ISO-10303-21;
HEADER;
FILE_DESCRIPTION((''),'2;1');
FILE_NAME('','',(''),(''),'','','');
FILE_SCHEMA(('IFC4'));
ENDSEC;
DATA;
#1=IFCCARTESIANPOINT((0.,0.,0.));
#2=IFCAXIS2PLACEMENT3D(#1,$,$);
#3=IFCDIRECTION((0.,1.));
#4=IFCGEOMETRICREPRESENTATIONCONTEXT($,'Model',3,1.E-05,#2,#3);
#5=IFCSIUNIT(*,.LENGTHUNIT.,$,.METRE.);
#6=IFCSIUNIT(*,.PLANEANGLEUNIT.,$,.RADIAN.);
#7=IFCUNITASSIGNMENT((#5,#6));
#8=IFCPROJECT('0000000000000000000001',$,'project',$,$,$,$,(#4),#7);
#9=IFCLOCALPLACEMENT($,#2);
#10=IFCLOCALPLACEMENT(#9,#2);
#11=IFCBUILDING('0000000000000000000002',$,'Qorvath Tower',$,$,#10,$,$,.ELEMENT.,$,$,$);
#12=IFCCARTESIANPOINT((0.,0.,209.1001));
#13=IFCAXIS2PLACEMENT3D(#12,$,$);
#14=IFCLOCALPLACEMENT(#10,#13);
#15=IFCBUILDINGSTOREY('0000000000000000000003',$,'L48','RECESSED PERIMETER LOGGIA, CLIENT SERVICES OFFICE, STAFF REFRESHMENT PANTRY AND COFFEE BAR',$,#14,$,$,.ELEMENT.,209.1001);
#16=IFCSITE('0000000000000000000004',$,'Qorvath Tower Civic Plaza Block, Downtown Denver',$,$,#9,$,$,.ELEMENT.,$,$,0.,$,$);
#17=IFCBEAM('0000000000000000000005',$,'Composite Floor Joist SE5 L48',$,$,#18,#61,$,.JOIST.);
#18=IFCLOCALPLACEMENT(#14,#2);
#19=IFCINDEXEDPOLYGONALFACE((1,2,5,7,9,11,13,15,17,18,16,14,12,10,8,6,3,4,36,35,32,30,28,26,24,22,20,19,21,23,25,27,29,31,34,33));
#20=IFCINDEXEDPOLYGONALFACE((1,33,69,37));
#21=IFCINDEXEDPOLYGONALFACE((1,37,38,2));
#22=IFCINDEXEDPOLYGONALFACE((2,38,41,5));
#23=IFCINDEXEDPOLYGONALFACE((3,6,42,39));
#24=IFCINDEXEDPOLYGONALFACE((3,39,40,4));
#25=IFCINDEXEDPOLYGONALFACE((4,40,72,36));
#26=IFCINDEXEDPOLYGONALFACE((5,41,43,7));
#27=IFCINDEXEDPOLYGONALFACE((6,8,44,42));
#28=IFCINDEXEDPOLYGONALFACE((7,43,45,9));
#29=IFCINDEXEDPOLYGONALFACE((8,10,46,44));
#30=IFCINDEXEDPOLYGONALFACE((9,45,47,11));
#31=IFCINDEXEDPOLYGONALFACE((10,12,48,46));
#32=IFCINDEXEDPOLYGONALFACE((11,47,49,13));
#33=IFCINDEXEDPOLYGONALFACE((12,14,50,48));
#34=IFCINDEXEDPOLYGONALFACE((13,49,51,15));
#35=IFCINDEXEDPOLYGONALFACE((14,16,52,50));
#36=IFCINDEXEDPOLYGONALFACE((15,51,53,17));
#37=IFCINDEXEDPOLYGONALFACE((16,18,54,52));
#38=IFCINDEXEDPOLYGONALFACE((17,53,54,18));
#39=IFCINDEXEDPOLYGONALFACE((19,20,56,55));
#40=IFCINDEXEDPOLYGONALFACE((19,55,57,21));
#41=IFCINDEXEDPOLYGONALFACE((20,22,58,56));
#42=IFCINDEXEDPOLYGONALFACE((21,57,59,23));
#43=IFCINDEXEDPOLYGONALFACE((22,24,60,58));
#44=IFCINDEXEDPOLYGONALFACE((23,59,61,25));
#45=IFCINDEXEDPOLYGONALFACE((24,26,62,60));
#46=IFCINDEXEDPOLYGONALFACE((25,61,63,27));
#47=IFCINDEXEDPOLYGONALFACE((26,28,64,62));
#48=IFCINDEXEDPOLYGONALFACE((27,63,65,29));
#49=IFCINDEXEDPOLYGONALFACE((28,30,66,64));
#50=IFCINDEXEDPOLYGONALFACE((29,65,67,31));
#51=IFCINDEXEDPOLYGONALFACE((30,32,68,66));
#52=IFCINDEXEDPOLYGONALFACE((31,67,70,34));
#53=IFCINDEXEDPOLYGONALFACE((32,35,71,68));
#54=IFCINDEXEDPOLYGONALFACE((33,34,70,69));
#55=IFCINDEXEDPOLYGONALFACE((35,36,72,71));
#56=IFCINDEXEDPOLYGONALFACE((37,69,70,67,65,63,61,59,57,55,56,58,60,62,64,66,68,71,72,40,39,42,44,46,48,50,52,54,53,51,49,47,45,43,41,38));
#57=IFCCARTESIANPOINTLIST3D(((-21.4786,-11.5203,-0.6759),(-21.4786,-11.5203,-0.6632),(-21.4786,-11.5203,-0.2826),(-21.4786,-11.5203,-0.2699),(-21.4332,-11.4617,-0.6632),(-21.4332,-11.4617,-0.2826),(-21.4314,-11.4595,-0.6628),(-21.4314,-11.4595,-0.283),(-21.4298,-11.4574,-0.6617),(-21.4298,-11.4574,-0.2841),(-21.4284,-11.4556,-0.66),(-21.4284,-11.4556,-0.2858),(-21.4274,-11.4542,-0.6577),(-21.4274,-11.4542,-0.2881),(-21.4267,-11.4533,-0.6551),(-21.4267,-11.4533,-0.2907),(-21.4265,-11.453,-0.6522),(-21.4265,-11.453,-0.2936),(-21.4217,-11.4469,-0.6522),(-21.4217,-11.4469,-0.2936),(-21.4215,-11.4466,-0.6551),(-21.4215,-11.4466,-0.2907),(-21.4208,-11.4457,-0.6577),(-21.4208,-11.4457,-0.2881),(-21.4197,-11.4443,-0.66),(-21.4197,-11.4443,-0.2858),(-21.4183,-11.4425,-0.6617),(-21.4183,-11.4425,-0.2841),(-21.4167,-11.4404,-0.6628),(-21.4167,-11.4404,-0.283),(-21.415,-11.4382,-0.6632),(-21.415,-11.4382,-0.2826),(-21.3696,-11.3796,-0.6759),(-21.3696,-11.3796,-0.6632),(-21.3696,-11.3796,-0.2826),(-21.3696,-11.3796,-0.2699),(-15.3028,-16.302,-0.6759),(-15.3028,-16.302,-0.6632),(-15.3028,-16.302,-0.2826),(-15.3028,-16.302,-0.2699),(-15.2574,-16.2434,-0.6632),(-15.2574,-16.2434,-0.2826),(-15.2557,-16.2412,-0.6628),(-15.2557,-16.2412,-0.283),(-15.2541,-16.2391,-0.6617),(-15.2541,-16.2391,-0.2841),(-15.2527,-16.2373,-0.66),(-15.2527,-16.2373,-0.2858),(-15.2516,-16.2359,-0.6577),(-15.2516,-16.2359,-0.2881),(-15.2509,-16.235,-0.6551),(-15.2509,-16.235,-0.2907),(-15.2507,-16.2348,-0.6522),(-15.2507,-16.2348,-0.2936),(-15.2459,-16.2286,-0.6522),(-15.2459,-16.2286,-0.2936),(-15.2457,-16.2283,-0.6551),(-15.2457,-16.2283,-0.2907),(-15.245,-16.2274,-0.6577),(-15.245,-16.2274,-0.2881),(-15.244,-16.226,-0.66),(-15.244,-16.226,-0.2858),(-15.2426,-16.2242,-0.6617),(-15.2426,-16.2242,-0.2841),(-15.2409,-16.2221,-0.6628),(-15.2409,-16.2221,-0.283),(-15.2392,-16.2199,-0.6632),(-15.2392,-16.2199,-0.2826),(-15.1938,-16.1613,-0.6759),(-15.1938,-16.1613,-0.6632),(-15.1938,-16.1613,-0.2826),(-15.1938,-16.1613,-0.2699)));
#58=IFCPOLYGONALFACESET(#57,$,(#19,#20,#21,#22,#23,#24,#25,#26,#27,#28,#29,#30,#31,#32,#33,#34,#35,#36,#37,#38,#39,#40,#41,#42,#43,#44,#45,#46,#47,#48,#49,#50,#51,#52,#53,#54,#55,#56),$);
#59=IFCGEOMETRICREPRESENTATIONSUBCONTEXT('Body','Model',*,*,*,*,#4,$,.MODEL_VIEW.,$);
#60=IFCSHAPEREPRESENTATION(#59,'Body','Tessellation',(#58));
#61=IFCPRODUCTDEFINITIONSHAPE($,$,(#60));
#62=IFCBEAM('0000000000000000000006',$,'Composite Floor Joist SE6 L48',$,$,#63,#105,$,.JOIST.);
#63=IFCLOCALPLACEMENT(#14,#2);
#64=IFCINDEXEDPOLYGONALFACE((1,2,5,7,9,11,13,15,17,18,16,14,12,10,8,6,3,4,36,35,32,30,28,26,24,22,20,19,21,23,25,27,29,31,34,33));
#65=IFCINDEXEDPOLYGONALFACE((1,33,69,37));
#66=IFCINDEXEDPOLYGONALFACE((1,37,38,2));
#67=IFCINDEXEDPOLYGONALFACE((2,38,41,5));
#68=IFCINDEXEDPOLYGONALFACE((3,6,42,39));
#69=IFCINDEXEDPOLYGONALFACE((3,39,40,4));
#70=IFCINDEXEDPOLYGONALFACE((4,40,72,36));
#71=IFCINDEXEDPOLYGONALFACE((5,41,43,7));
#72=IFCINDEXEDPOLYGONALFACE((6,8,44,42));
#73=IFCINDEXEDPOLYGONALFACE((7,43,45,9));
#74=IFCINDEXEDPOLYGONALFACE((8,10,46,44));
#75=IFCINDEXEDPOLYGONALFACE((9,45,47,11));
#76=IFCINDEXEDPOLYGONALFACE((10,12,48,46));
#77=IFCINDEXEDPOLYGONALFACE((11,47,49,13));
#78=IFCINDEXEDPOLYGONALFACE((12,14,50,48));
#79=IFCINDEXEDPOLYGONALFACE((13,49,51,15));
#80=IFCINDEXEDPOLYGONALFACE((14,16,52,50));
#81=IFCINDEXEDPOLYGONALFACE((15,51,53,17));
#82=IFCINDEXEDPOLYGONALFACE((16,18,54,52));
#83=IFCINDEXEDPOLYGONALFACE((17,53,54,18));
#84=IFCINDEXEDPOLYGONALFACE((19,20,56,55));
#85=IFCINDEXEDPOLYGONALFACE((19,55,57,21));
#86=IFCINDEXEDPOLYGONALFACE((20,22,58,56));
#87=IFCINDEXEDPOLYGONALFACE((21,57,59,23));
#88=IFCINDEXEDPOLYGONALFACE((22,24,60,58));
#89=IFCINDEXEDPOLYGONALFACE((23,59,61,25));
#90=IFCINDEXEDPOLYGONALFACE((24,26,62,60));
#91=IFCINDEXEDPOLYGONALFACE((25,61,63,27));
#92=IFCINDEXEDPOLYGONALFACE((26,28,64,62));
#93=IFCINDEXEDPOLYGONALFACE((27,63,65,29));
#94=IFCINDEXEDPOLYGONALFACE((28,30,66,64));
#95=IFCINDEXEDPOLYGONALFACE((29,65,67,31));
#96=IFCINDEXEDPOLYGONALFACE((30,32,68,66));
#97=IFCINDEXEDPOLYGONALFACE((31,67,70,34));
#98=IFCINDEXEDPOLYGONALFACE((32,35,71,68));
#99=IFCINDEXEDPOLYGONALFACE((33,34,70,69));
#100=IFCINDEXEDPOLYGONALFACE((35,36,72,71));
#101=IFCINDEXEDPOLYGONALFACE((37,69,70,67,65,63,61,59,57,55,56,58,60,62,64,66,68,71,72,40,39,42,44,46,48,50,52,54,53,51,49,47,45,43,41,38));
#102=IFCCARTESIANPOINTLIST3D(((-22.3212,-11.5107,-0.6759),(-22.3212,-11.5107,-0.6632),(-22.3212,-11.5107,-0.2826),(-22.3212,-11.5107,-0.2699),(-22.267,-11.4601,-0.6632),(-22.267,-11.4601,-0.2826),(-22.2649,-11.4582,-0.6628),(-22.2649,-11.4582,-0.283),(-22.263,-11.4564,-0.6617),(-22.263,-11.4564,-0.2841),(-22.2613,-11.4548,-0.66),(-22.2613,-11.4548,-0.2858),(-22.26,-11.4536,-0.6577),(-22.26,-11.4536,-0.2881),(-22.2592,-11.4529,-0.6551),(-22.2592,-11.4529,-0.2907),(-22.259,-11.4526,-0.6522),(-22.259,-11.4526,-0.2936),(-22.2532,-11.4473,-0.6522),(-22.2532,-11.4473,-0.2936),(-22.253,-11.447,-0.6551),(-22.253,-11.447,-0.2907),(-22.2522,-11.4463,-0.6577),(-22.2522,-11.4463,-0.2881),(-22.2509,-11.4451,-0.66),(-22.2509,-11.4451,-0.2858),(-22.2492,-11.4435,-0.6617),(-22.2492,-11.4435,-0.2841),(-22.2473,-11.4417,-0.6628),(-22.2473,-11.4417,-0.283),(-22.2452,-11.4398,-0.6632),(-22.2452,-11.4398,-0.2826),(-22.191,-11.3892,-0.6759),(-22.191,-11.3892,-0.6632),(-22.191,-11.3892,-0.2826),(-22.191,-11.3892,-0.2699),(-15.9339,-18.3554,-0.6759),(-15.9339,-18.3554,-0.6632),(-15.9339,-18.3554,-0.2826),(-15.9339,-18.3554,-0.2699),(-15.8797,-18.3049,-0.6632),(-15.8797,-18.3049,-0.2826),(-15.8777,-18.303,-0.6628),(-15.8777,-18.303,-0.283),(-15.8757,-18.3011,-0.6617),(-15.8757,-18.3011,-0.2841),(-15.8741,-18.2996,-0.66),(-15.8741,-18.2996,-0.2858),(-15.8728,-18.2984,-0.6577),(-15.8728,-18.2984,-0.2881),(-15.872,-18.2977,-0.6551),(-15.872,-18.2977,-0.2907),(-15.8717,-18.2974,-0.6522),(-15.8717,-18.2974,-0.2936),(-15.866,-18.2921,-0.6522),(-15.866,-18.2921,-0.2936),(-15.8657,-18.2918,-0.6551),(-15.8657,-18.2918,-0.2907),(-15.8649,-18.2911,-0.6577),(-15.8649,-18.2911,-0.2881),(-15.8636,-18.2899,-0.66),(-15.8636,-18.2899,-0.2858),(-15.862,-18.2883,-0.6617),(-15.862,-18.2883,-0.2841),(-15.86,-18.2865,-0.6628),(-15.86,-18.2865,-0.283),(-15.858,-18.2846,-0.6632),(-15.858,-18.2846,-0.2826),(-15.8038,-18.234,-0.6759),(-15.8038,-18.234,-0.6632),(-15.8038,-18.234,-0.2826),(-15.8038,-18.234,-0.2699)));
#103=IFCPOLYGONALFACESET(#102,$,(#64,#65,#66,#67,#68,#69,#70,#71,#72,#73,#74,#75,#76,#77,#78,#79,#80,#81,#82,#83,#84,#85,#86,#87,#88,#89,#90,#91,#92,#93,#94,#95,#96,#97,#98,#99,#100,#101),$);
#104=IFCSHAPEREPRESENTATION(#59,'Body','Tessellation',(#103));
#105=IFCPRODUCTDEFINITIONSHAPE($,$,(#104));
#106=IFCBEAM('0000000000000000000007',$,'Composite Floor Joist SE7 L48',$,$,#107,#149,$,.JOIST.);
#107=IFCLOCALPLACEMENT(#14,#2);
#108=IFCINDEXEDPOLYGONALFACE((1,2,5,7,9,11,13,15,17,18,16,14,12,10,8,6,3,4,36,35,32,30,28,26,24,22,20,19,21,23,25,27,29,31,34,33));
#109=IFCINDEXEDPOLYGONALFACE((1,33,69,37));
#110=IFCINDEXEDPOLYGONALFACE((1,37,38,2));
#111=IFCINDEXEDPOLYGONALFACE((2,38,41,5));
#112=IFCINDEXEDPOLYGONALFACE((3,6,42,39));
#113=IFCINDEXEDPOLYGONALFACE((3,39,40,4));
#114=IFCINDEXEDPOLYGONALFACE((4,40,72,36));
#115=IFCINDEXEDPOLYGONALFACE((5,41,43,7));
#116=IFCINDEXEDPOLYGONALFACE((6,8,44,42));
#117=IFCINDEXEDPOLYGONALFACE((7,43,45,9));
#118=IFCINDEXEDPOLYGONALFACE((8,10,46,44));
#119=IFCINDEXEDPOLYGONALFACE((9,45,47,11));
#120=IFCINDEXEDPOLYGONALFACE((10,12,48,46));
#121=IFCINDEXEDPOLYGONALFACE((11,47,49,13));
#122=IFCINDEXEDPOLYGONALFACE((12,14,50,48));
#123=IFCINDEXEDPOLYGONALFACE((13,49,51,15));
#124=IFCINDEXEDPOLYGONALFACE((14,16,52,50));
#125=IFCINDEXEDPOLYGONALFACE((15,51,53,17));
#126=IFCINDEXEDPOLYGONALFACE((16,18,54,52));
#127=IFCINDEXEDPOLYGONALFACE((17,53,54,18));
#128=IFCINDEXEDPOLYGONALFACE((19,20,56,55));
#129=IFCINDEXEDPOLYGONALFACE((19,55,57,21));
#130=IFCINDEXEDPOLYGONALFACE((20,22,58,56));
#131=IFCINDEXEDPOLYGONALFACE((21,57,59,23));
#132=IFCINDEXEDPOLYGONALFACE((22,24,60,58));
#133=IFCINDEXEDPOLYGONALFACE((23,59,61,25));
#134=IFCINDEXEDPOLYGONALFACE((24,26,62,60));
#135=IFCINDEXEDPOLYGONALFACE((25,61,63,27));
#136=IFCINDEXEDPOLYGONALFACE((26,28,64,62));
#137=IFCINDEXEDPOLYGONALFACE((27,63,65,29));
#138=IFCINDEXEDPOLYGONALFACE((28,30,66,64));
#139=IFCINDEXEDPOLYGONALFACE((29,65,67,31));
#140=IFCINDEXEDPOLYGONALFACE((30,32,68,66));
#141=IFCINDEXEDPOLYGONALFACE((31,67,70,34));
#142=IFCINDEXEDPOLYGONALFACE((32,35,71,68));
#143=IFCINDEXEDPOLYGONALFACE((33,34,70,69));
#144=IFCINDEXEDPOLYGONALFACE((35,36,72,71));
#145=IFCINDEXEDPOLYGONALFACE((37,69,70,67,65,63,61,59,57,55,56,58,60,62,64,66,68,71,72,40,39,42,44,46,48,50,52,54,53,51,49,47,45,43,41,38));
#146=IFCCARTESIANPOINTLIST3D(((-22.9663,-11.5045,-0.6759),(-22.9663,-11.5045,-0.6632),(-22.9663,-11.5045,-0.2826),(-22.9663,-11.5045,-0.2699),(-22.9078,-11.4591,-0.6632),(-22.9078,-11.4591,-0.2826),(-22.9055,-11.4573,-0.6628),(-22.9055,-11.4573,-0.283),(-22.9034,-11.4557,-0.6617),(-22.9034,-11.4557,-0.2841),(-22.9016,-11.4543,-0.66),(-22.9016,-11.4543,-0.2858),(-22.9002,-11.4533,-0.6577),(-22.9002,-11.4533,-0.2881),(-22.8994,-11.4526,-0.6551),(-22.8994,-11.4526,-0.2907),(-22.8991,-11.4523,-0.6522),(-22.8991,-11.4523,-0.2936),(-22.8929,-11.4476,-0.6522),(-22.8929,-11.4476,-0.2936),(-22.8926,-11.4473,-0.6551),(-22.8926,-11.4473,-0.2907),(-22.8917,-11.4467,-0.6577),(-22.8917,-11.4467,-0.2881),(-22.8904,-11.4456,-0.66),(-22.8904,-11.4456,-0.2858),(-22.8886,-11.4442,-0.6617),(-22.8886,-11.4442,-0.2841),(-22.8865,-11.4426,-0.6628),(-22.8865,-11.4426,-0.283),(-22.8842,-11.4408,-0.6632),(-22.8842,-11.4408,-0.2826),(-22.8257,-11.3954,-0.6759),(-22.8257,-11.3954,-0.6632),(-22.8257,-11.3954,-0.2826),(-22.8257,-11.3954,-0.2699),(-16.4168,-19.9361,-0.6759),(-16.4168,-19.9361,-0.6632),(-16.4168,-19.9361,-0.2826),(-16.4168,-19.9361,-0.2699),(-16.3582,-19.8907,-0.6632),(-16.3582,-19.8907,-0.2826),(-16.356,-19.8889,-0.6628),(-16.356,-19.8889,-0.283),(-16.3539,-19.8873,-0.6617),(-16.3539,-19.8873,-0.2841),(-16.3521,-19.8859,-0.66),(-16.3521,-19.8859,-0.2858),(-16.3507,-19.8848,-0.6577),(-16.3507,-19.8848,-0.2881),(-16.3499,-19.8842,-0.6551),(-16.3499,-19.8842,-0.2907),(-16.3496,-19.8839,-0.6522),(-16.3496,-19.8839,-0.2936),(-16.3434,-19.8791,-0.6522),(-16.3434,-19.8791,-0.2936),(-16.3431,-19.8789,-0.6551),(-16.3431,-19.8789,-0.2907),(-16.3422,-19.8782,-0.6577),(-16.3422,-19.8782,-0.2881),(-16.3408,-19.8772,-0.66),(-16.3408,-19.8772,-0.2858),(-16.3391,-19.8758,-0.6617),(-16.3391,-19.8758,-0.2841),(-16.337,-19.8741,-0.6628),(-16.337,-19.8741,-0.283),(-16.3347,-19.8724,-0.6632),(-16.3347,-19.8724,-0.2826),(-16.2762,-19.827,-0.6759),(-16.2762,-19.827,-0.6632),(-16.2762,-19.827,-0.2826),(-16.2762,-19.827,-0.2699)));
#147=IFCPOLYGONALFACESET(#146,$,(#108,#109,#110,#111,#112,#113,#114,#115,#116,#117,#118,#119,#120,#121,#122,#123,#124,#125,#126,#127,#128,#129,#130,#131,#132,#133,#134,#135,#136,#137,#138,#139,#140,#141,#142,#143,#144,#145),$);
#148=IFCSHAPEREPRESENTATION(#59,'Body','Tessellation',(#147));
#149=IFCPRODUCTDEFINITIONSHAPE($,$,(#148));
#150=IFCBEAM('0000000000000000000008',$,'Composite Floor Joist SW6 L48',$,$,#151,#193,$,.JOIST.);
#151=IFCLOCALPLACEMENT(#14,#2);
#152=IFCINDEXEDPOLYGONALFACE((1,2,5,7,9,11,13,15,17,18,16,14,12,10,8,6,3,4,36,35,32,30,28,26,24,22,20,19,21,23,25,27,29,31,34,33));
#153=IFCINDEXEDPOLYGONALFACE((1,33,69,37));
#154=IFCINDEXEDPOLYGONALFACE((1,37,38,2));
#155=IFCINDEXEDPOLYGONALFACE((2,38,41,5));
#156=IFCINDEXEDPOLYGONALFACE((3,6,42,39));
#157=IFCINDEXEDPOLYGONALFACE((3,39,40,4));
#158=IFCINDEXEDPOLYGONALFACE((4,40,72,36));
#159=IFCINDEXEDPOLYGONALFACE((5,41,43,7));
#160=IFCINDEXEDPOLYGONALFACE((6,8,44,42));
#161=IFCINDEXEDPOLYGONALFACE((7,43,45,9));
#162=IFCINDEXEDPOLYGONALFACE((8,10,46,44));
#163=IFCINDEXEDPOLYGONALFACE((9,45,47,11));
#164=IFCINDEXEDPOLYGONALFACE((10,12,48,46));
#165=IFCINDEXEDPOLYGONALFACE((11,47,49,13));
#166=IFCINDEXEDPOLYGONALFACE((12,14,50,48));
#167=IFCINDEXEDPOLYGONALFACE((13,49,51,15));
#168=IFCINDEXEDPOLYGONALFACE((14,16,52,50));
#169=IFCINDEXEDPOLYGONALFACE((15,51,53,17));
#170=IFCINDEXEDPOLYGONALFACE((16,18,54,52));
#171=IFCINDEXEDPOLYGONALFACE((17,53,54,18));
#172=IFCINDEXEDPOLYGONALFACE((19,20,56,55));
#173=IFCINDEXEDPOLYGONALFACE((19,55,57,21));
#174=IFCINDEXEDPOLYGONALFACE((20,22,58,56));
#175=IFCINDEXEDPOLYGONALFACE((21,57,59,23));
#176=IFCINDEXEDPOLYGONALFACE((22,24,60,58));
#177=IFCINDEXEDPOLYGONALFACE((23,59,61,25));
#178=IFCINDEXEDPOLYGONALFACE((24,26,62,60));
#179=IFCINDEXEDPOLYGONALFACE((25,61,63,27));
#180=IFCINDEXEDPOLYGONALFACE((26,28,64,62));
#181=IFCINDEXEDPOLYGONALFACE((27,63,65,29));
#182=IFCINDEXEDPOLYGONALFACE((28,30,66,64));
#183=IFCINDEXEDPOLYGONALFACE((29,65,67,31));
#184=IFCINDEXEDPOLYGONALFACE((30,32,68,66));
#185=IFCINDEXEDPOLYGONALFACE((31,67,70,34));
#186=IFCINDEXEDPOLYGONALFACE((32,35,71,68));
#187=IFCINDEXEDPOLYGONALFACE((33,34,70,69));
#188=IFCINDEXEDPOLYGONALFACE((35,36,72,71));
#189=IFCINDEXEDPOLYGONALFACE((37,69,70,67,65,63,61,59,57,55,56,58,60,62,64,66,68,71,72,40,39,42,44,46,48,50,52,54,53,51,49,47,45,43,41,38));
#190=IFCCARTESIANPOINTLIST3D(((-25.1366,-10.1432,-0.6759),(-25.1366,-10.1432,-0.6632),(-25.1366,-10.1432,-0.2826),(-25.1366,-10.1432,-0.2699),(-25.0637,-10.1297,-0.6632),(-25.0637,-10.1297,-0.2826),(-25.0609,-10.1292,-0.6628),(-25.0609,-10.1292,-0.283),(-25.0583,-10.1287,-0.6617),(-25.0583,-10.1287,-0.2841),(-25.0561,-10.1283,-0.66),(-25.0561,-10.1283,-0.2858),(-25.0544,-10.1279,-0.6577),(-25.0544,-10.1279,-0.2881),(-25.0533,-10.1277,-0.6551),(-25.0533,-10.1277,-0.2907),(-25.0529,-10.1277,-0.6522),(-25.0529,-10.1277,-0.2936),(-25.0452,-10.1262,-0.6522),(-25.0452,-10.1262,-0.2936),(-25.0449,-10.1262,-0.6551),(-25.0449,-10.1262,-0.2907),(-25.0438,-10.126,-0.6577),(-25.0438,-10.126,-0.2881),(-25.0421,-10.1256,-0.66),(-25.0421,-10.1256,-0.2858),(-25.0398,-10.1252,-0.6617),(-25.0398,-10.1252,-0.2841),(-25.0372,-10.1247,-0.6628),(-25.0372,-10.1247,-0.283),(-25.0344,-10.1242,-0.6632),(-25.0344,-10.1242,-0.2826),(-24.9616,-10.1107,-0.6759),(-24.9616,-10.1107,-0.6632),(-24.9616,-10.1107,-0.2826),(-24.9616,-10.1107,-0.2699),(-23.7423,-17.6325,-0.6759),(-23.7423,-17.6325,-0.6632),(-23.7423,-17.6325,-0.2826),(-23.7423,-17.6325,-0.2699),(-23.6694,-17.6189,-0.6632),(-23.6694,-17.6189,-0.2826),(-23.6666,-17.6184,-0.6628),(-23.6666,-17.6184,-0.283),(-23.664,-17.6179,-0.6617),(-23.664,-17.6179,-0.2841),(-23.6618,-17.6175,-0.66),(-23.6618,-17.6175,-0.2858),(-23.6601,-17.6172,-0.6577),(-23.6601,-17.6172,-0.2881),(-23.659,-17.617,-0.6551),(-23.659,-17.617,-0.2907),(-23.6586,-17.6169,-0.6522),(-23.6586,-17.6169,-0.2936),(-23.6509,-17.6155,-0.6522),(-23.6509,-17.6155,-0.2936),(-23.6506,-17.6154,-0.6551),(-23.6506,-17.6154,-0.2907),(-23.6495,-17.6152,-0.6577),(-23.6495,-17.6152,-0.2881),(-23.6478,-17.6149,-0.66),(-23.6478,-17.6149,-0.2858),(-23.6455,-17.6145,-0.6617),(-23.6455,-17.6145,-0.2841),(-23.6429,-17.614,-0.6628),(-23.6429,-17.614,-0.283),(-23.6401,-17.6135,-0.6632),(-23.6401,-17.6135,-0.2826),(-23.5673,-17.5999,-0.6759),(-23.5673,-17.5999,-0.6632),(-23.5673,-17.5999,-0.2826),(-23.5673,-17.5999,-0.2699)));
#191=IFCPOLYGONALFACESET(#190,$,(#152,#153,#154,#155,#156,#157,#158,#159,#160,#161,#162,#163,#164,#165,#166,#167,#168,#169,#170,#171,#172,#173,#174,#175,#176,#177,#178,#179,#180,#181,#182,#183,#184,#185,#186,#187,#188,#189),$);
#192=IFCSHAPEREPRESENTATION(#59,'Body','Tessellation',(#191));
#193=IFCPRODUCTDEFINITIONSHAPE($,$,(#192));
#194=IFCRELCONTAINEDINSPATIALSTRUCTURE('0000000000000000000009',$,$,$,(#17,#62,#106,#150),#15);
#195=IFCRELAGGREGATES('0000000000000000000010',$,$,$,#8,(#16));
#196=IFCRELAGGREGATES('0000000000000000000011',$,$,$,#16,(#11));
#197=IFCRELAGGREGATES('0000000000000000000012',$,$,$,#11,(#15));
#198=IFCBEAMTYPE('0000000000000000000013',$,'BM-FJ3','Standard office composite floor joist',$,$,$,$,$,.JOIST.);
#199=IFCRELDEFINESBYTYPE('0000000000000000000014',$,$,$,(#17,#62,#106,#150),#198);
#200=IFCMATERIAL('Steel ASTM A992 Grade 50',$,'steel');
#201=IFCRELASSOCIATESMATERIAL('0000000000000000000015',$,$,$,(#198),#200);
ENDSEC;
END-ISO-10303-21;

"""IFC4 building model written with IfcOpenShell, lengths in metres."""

from ifc_helpers import new_model, si_unit, direction, frame, origin, origin_2d, place, context, subcontext, project, spatial, i_section, extrude, material, material_profile, profile_set, type_object, element, save


model = new_model("IFC4")

# Units and contexts
model_context = context("Model", 3, precision=1e-05, world=origin(), true_north=direction((0.0, 1.0)))
body_context = subcontext(model_context, "Body", "Model", "MODEL_VIEW")
ifc_project = project(units=[si_unit("LENGTHUNIT", "METRE"), si_unit("PLANEANGLEUNIT", "RADIAN")], contexts=[model_context])

# Site, building, storey
site_placement = place(None, origin())
site = spatial("IfcSite", under=ifc_project, at=site_placement, Name="Qorvath Tower Civic Plaza Block, Downtown Denver", CompositionType="ELEMENT", RefElevation=0.0)
building_placement = place(site_placement, origin())
building = spatial("IfcBuilding", under=site, at=building_placement, Name="Qorvath Tower", CompositionType="ELEMENT")
storey_placement = place(building_placement, frame((0.0, 0.0, 209.1001)))
storey = spatial("IfcBuildingStorey", under=building, at=storey_placement, Name="L48", Description="RECESSED PERIMETER LOGGIA, CLIENT SERVICES OFFICE, STAFF REFRESHMENT PANTRY AND COFFEE BAR", CompositionType="ELEMENT", Elevation=209.1001)

# Beams
ifc_material_1 = material(Name="Steel ASTM A992 Grade 50", Category="steel")
ifc_material_profile_1 = material_profile(ifc_material_1, i_section(OverallWidth=0.178, OverallDepth=0.406, WebThickness=0.0078, FlangeThickness=0.0127, FilletRadius=0.011, at=origin_2d()), Name="W16x40")
ifc_profile_set_1 = profile_set([ifc_material_profile_1], Name="Steel ASTM A992 Grade 50")
beam_type_1 = type_object("IfcBeamType", Name="BM-FJ3", Description="Standard office composite floor joist", PredefinedType="JOIST", material=ifc_profile_set_1)
beam_1_placement = place(storey_placement, frame((-21.4241, -11.45, -0.4729), z_axis=(0.790693, -0.612212, 0.0), x_axis=(0.612212, 0.790693, 0.0)))
element("IfcBeam", 1, at=beam_1_placement, inside=storey, type_object=beam_type_1, Name="Composite Floor Joist SE5 L48", PredefinedType="JOIST", context=body_context, shape_type="SweptSolid", body=[
    extrude(i_section(OverallWidth=0.178, OverallDepth=0.406, WebThickness=0.0078, FlangeThickness=0.0127, FilletRadius=0.011, at=origin_2d()), origin(), (0.0, 0.0, 1.0), 7.8105),
])
beam_2_placement = place(storey_placement, frame((-22.2561, -11.45, -0.4729), z_axis=(0.682249, -0.731119, 0.0), x_axis=(0.731119, 0.682249, 0.0)))
element("IfcBeam", 2, at=beam_2_placement, inside=storey, type_object=beam_type_1, Name="Composite Floor Joist SE6 L48", PredefinedType="JOIST", context=body_context, shape_type="SweptSolid", body=[
    extrude(i_section(OverallWidth=0.178, OverallDepth=0.406, WebThickness=0.0078, FlangeThickness=0.0127, FilletRadius=0.011, at=origin_2d()), origin(), (0.0, 0.0, 1.0), 9.3621),
])
beam_3_placement = place(storey_placement, frame((-22.896, -11.45, -0.4729), z_axis=(0.613451, -0.789733, 0.0), x_axis=(0.789733, 0.613451, 0.0)))
element("IfcBeam", 3, at=beam_3_placement, inside=storey, type_object=beam_type_1, Name="Composite Floor Joist SE7 L48", PredefinedType="JOIST", context=body_context, shape_type="SweptSolid", body=[
    extrude(i_section(OverallWidth=0.178, OverallDepth=0.406, WebThickness=0.0078, FlangeThickness=0.0127, FilletRadius=0.011, at=origin_2d()), origin(), (0.0, 0.0, 1.0), 10.6765),
])
beam_4_placement = place(storey_placement, frame((-25.0491, -10.127, -0.4729), z_axis=(0.183027, -0.983108, 0.0), x_axis=(0.983108, 0.183027, 0.0)))
element("IfcBeam", 4, at=beam_4_placement, inside=storey, type_object=beam_type_1, Name="Composite Floor Joist SW6 L48", PredefinedType="JOIST", context=body_context, shape_type="SweptSolid", body=[
    extrude(i_section(OverallWidth=0.178, OverallDepth=0.406, WebThickness=0.0078, FlangeThickness=0.0127, FilletRadius=0.011, at=origin_2d()), origin(), (0.0, 0.0, 1.0), 7.6179),
])

save(model, "model.ifc")
